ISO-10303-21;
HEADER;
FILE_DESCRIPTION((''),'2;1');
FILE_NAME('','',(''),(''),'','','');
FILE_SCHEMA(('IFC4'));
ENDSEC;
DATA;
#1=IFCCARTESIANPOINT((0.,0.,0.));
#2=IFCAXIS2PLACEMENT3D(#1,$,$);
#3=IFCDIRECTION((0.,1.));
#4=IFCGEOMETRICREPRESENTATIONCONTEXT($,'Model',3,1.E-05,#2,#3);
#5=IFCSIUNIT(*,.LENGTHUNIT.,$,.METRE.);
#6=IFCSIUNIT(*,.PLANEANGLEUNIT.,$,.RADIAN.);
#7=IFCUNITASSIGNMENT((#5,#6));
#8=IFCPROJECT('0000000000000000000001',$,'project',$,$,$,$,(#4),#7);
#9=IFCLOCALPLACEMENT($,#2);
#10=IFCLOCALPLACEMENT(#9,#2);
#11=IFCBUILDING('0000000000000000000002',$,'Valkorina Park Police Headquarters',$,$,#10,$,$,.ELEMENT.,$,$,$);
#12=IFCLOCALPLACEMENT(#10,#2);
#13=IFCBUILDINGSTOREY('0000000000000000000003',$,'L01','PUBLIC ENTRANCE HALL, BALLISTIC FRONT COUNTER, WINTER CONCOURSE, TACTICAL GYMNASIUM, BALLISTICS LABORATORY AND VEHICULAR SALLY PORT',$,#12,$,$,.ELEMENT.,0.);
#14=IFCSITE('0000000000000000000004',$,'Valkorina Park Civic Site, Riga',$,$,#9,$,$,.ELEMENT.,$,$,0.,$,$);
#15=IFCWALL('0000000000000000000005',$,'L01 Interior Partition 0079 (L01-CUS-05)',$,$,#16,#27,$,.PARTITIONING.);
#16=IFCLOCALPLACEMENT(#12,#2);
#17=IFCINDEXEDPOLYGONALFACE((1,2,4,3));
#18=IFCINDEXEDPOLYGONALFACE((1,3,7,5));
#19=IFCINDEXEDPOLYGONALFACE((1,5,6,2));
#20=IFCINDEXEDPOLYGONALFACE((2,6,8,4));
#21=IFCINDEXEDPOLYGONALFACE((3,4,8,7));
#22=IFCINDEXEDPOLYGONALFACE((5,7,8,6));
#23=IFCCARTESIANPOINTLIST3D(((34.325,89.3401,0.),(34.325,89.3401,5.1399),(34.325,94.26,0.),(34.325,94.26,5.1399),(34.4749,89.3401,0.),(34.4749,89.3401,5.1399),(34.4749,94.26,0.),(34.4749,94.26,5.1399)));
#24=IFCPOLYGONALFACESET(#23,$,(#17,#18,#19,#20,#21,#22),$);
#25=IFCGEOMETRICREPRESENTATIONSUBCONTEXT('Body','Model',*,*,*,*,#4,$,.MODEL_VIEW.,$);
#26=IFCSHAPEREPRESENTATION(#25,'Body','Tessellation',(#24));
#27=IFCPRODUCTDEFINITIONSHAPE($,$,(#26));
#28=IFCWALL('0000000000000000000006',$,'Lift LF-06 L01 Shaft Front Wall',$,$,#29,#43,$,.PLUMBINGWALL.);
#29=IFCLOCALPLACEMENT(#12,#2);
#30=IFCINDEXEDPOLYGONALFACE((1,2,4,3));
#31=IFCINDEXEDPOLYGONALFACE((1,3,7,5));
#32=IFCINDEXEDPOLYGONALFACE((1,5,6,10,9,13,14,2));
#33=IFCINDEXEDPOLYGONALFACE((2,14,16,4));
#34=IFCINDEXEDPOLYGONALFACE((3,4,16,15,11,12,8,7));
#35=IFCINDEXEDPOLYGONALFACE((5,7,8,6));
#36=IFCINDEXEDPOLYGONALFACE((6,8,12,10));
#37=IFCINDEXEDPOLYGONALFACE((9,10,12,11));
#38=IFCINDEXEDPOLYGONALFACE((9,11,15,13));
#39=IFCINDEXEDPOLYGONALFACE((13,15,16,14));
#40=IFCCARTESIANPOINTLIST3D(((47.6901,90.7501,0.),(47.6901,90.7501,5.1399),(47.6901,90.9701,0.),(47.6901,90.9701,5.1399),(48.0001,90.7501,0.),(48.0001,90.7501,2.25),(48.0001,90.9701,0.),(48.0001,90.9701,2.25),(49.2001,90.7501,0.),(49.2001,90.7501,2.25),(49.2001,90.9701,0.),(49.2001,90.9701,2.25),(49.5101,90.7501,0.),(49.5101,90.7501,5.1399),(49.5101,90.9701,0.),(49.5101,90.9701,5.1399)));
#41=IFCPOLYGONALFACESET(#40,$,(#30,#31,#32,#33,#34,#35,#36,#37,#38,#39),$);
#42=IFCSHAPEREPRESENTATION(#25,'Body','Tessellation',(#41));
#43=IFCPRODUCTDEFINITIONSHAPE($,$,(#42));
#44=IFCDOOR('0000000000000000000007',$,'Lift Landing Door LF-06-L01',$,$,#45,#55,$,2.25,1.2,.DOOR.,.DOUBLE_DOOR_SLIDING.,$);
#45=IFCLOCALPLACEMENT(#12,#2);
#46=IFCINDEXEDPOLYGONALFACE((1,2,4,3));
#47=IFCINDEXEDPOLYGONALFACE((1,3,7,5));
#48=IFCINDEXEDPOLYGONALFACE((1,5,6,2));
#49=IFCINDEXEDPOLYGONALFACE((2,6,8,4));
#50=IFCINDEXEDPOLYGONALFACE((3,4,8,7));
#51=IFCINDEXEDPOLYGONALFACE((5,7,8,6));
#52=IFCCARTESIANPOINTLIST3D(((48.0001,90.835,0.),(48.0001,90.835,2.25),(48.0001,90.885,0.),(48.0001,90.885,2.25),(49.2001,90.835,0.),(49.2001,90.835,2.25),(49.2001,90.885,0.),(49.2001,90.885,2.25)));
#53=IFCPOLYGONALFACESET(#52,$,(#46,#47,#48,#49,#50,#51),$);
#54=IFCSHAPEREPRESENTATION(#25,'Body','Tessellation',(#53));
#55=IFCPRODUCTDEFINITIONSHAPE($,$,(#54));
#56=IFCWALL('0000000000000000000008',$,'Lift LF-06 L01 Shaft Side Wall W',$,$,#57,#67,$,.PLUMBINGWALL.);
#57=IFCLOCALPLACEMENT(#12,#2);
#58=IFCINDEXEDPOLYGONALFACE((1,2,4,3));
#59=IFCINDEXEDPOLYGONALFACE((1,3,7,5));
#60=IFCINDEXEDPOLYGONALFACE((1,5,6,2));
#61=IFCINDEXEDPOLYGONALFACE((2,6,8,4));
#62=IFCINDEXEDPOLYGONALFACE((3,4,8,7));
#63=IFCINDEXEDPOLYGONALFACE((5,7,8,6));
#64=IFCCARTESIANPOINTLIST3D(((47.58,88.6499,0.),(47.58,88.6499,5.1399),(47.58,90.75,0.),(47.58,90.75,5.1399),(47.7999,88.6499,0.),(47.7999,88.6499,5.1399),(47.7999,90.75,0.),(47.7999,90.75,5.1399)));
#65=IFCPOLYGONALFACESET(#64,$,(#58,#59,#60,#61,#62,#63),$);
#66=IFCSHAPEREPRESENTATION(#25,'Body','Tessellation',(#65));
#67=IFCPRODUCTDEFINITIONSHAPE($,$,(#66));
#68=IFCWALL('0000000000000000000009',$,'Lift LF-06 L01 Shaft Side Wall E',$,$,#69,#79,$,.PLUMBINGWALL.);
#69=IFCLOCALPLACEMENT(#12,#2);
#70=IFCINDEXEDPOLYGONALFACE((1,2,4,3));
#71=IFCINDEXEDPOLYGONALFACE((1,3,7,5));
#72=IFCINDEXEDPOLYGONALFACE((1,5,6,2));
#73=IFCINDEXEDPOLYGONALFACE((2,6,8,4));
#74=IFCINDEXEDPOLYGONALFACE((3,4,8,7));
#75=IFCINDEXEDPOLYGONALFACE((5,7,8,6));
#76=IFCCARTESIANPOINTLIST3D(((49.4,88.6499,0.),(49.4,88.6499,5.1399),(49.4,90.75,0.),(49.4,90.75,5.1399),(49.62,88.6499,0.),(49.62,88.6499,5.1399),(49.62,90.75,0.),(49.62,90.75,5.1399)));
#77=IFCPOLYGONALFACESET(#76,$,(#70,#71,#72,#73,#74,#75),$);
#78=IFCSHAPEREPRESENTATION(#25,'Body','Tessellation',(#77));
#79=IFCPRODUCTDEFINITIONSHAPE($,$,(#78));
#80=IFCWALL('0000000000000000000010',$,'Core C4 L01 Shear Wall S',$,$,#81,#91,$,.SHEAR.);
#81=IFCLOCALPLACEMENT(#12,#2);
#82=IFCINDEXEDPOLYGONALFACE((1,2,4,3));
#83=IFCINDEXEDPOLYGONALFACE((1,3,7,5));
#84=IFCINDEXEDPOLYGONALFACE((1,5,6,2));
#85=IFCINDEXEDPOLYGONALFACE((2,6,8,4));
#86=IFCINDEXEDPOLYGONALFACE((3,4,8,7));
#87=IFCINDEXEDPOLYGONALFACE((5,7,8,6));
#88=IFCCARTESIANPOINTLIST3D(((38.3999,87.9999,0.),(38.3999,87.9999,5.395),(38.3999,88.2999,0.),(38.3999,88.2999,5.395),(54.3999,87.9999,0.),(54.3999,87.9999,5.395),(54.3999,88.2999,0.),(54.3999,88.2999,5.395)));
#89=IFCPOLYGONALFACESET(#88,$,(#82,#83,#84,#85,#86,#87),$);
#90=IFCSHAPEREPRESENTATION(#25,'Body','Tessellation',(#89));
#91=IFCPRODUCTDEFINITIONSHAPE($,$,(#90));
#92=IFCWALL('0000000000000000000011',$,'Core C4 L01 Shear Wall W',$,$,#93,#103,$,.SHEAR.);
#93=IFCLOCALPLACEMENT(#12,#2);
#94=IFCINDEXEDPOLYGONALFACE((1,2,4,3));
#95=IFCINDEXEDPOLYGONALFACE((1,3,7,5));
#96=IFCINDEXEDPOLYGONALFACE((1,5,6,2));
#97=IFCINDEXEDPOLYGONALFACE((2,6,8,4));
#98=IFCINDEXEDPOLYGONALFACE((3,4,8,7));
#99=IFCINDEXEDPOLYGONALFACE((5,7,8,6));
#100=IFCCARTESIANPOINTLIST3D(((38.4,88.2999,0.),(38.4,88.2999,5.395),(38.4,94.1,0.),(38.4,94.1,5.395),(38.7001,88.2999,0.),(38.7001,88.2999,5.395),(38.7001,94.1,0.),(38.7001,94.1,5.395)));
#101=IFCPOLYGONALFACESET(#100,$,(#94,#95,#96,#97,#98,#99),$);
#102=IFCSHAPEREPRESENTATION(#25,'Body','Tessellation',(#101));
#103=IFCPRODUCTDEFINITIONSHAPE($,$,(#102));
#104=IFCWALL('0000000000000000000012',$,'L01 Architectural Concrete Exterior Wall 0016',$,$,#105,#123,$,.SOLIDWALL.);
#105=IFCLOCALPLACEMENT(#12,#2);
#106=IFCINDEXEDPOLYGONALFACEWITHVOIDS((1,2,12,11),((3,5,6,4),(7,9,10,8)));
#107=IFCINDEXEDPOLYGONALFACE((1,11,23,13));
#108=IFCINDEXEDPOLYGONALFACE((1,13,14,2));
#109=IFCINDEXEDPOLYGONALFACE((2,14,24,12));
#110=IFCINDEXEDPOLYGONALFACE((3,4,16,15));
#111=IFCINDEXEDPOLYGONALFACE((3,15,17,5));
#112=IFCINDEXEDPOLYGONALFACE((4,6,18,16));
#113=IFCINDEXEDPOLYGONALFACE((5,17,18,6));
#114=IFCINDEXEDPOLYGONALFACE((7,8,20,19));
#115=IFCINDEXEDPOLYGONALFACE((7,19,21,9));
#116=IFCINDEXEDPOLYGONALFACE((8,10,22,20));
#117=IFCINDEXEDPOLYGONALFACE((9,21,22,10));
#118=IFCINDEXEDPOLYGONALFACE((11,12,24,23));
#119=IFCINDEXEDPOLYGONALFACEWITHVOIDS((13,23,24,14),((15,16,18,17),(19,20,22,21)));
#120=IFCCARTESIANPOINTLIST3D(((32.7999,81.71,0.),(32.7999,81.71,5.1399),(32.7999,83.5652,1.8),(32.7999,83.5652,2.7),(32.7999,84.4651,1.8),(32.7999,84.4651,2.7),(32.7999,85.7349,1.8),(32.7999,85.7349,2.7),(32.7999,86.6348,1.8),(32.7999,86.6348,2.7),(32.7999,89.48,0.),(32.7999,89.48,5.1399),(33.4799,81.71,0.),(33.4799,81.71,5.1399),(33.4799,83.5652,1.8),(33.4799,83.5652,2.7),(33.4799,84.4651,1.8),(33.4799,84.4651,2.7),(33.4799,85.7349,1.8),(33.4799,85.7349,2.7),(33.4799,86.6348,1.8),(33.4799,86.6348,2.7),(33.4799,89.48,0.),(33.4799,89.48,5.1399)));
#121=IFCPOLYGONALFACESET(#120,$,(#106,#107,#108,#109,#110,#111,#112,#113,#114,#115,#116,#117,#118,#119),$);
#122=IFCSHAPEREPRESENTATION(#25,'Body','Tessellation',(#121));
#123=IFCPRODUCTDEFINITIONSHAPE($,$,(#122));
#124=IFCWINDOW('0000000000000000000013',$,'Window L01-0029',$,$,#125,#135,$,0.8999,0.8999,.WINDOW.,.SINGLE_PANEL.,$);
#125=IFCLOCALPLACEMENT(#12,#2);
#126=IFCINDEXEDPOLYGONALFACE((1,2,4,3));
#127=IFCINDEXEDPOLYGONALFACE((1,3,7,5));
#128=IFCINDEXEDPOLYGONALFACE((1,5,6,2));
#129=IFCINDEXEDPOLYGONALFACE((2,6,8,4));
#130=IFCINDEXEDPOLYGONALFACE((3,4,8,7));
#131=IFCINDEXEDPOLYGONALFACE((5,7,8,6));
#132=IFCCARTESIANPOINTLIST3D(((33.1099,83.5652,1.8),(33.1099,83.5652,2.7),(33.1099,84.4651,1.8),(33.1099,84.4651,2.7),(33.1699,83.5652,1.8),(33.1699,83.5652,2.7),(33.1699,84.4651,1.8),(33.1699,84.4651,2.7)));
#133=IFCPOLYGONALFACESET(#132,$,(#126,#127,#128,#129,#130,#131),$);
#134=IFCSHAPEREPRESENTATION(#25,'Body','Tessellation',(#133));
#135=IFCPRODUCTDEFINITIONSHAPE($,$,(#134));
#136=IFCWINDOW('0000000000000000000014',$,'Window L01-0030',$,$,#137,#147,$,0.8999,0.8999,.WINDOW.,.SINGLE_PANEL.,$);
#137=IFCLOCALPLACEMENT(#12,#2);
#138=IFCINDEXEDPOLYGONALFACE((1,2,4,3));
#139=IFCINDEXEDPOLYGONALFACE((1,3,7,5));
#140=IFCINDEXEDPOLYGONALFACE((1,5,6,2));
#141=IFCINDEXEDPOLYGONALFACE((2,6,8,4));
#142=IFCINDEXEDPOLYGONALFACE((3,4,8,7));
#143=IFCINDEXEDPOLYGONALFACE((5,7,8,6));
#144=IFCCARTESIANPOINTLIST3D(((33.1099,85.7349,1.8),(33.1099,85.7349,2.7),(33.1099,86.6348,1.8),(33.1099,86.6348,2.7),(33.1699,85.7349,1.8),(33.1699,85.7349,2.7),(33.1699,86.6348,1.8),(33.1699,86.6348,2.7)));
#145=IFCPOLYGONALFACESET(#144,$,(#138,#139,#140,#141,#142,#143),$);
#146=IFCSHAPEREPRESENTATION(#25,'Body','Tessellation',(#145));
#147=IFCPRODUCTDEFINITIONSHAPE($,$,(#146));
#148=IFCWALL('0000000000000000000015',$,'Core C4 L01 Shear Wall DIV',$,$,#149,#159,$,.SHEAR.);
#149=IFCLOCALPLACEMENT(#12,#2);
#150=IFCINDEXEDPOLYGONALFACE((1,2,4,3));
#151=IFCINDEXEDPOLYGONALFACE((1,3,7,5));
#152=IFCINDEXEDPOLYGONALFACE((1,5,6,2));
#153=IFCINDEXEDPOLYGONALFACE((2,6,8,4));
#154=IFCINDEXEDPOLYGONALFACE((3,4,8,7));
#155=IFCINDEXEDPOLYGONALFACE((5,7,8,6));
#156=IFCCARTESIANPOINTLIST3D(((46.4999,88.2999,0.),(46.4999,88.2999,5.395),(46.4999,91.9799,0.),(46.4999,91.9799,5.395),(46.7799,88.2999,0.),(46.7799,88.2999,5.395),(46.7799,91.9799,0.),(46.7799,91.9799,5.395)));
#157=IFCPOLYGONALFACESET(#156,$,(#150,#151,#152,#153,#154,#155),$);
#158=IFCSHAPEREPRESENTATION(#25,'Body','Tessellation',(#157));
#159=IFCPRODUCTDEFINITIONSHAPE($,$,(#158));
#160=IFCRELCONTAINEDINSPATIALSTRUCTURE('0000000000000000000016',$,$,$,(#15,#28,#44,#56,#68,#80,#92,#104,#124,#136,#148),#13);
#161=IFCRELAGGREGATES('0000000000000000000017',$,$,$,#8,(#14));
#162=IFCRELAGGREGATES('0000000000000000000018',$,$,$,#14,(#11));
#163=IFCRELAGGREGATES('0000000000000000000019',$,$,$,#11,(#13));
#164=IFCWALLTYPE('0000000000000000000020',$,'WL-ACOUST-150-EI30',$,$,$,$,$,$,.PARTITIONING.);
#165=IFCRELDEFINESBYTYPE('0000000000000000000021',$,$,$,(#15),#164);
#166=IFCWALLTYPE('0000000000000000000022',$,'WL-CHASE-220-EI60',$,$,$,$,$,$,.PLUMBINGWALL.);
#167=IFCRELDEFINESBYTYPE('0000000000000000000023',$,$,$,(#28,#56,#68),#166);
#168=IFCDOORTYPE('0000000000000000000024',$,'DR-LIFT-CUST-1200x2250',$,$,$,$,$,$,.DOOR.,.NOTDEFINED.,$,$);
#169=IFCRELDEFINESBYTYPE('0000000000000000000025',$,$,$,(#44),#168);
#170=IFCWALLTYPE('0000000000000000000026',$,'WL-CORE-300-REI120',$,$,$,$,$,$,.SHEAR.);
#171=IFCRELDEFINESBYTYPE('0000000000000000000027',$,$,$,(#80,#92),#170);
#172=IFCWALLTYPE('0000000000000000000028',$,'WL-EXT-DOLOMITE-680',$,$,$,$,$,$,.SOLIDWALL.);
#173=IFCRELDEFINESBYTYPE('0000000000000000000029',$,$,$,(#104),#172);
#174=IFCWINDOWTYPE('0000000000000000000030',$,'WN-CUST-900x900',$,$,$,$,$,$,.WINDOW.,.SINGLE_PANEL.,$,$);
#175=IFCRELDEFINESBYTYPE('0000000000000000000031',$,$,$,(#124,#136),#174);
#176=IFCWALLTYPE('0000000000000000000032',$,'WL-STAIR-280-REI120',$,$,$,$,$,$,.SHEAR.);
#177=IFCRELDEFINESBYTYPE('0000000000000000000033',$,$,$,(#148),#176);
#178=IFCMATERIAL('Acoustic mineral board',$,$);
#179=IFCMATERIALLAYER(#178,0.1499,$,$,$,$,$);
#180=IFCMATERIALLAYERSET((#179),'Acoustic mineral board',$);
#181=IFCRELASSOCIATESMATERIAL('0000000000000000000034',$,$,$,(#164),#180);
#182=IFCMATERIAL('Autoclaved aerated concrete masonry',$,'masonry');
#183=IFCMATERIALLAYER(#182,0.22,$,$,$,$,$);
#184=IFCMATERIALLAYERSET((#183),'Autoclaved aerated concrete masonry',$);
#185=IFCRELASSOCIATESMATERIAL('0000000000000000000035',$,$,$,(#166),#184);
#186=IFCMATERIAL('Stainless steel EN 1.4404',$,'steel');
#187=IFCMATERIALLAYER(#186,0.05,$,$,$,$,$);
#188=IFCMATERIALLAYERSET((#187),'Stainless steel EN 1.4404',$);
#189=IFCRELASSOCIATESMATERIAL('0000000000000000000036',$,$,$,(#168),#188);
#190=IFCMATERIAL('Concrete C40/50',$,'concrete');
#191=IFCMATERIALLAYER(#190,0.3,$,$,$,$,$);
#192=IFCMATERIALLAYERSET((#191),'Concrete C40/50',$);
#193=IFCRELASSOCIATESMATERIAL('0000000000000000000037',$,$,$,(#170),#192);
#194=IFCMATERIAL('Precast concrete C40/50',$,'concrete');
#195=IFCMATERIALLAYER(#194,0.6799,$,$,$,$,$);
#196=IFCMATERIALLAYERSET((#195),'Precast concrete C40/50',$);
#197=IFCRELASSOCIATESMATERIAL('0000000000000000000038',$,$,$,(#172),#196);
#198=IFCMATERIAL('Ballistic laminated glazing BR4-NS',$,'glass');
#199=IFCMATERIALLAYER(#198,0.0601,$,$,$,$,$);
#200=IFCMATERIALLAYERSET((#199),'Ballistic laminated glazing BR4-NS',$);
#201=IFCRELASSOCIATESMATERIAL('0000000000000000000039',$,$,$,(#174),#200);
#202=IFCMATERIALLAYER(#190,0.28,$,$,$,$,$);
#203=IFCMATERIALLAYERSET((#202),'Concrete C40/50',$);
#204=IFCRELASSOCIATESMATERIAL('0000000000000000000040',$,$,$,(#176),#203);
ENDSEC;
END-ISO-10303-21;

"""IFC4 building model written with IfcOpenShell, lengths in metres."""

from ifc_helpers import new_model, si_unit, direction, frame, frame_2d, origin, place, context, subcontext, project, spatial, rectangle, extrude, material, layer, layer_set, type_object, element, fill, save


model = new_model("IFC4")

# Units and contexts
model_context = context("Model", 3, precision=1e-05, world=origin(), true_north=direction((0.0, 1.0)))
body_context = subcontext(model_context, "Body", "Model", "MODEL_VIEW")
ifc_project = project(units=[si_unit("LENGTHUNIT", "METRE"), si_unit("PLANEANGLEUNIT", "RADIAN")], contexts=[model_context])

# Site, building, storey
site_placement = place(None, origin())
site = spatial("IfcSite", under=ifc_project, at=site_placement, Name="Valkorina Park Civic Site, Riga", CompositionType="ELEMENT", RefElevation=0.0)
building_placement = place(site_placement, origin())
building = spatial("IfcBuilding", under=site, at=building_placement, Name="Valkorina Park Police Headquarters", CompositionType="ELEMENT")
storey_placement = place(building_placement, origin())
storey = spatial("IfcBuildingStorey", under=building, at=storey_placement, Name="L01", Description="PUBLIC ENTRANCE HALL, BALLISTIC FRONT COUNTER, WINTER CONCOURSE, TACTICAL GYMNASIUM, BALLISTICS LABORATORY AND VEHICULAR SALLY PORT", CompositionType="ELEMENT", Elevation=0.0)

# Wall
ifc_material_1 = material(Name="Acoustic mineral board")
ifc_layer_1 = layer(ifc_material_1, 0.1499)
ifc_layer_set_1 = layer_set([ifc_layer_1], Name="Acoustic mineral board")
wall_type_1 = type_object("IfcWallType", Name="WL-ACOUST-150-EI30", PredefinedType="PARTITIONING", material=ifc_layer_set_1)
wall_1_placement = place(storey_placement, frame((34.3999, 89.3401, 0.0), z_axis=(0.0, 0.0, 1.0), x_axis=(0.0, 1.0, 0.0)))
element("IfcWall", 1, at=wall_1_placement, inside=storey, type_object=wall_type_1, Name="L01 Interior Partition 0079 (L01-CUS-05)", PredefinedType="PARTITIONING", context=body_context, shape_type="SweptSolid", body=[
    extrude(rectangle(XDim=4.9199, YDim=0.1499, at=frame_2d((2.46, 0.0))), origin(), (0.0, 0.0, 1.0), 5.1399),
])

# Wall, opening, door
ifc_material_2 = material(Name="Autoclaved aerated concrete masonry", Category="masonry")
ifc_layer_2 = layer(ifc_material_2, 0.22)
ifc_layer_set_2 = layer_set([ifc_layer_2], Name="Autoclaved aerated concrete masonry")
wall_type_2 = type_object("IfcWallType", Name="WL-CHASE-220-EI60", PredefinedType="PLUMBINGWALL", material=ifc_layer_set_2)
wall_2_placement = place(storey_placement, frame((47.6899, 90.8601, 0.0), z_axis=(0.0, 0.0, 1.0), x_axis=(1.0, 0.0, 0.0)))
wall_2 = element("IfcWall", 2, at=wall_2_placement, inside=storey, type_object=wall_type_2, Name="Lift LF-06 L01 Shaft Front Wall", PredefinedType="PLUMBINGWALL", context=body_context, shape_type="SweptSolid", body=[
    extrude(rectangle(XDim=1.8201, YDim=0.22, at=frame_2d((0.9102, 0.0))), origin(), (0.0, 0.0, 1.0), 5.1399),
])
opening_1_placement = place(wall_2_placement, frame((0.3101, 0.0, 0.0)))
opening_1 = element("IfcOpeningElement", 3, at=opening_1_placement, cuts=wall_2, PredefinedType="OPENING", context=body_context, shape_type="SweptSolid", body=[
    extrude(rectangle(XDim=1.2, YDim=2.25, at=frame_2d((0.6001, 1.125))), frame((0.0, 0.1201, 0.0), z_axis=(0.0, -1.0, 0.0), x_axis=(1.0, 0.0, 0.0)), (0.0, 0.0, 1.0), 0.24),
])
ifc_material_3 = material(Name="Stainless steel EN 1.4404", Category="steel")
ifc_layer_3 = layer(ifc_material_3, 0.05)
ifc_layer_set_3 = layer_set([ifc_layer_3], Name="Stainless steel EN 1.4404")
door_type_1 = type_object("IfcDoorType", Name="DR-LIFT-CUST-1200x2250", OperationType="NOTDEFINED", PredefinedType="DOOR", material=ifc_layer_set_3)
door_1_placement = place(opening_1_placement, origin())
door_1 = element("IfcDoor", 4, at=door_1_placement, inside=storey, type_object=door_type_1, Name="Lift Landing Door LF-06-L01", OperationType="DOUBLE_DOOR_SLIDING", OverallHeight=2.25, OverallWidth=1.2, PredefinedType="DOOR", context=body_context, shape_type="SweptSolid", body=[
    extrude(rectangle(XDim=1.2, YDim=2.25, at=frame_2d((0.6001, 1.125))), frame((0.0, 0.0249, 0.0), z_axis=(0.0, -1.0, 0.0), x_axis=(1.0, 0.0, 0.0)), (0.0, 0.0, 1.0), 0.05),
])
fill(opening_1, door_1)

# Walls
for number, where, z_axis, x_axis, name in (
    (5, (47.6899, 88.6499, 0.0), (0.0, 0.0, 1.0), (0.0, 1.0, 0.0), "Lift LF-06 L01 Shaft Side Wall W"),
    (6, (49.51, 88.6499, 0.0), (0.0, 0.0, 1.0), (0.0, 1.0, 0.0), "Lift LF-06 L01 Shaft Side Wall E"),
):
    element("IfcWall", number, at=place(storey_placement, frame(where, z_axis=z_axis, x_axis=x_axis)), inside=storey, type_object=wall_type_2, Name=name, PredefinedType="PLUMBINGWALL", context=body_context, shape_type="SweptSolid", body=[
        extrude(rectangle(XDim=2.1001, YDim=0.22, at=frame_2d((1.05, 0.0))), origin(), (0.0, 0.0, 1.0), 5.1399),
    ])
ifc_material_4 = material(Name="Concrete C40/50", Category="concrete")
ifc_layer_4 = layer(ifc_material_4, 0.3)
ifc_layer_set_4 = layer_set([ifc_layer_4], Name="Concrete C40/50")
wall_type_3 = type_object("IfcWallType", Name="WL-CORE-300-REI120", PredefinedType="SHEAR", material=ifc_layer_set_4)
wall_3_placement = place(storey_placement, frame((38.3999, 88.1499, 0.0), z_axis=(0.0, 0.0, 1.0), x_axis=(1.0, 0.0, 0.0)))
element("IfcWall", 7, at=wall_3_placement, inside=storey, type_object=wall_type_3, Name="Core C4 L01 Shear Wall S", PredefinedType="SHEAR", context=body_context, shape_type="SweptSolid", body=[
    extrude(rectangle(XDim=16.0, YDim=0.3, at=frame_2d((8.0, 0.0))), origin(), (0.0, 0.0, 1.0), 5.395),
])
wall_4_placement = place(storey_placement, frame((38.55, 88.3, 0.0), z_axis=(0.0, 0.0, 1.0), x_axis=(0.0, 1.0, 0.0)))
element("IfcWall", 8, at=wall_4_placement, inside=storey, type_object=wall_type_3, Name="Core C4 L01 Shear Wall W", PredefinedType="SHEAR", context=body_context, shape_type="SweptSolid", body=[
    extrude(rectangle(XDim=5.8, YDim=0.3, at=frame_2d((2.8999, 0.0))), origin(), (0.0, 0.0, 1.0), 5.395),
])

# Wall, openings, windows
ifc_material_5 = material(Name="Precast concrete C40/50", Category="concrete")
ifc_layer_5 = layer(ifc_material_5, 0.6799)
ifc_layer_set_5 = layer_set([ifc_layer_5], Name="Precast concrete C40/50")
wall_type_4 = type_object("IfcWallType", Name="WL-EXT-DOLOMITE-680", PredefinedType="SOLIDWALL", material=ifc_layer_set_5)
wall_5_placement = place(storey_placement, frame((33.1399, 81.71, 0.0), z_axis=(0.0, 0.0, 1.0), x_axis=(0.0, 1.0, 0.0)))
wall_5 = element("IfcWall", 9, at=wall_5_placement, inside=storey, type_object=wall_type_4, Name="L01 Architectural Concrete Exterior Wall 0016", PredefinedType="SOLIDWALL", context=body_context, shape_type="SweptSolid", body=[
    extrude(rectangle(XDim=7.77, YDim=0.6799, at=frame_2d((3.885, 0.0))), origin(), (0.0, 0.0, 1.0), 5.1399),
])
opening_2_placement = place(wall_5_placement, frame((1.8552, 0.0, 1.8)))
opening_2 = element("IfcOpeningElement", 10, at=opening_2_placement, cuts=wall_5, PredefinedType="OPENING", context=body_context, shape_type="SweptSolid", body=[
    extrude(rectangle(XDim=0.8999, YDim=0.8999, at=frame_2d((0.45, 0.45))), frame((0.0, 0.3501, 0.0), z_axis=(0.0, -1.0, 0.0), x_axis=(1.0, 0.0, 0.0)), (0.0, 0.0, 1.0), 0.7),
])
opening_3_placement = place(wall_5_placement, frame((4.0249, 0.0, 1.8)))
opening_3 = element("IfcOpeningElement", 11, at=opening_3_placement, cuts=wall_5, PredefinedType="OPENING", context=body_context, shape_type="SweptSolid", body=[
    extrude(rectangle(XDim=0.8999, YDim=0.8999, at=frame_2d((0.45, 0.45))), frame((0.0, 0.3501, 0.0), z_axis=(0.0, -1.0, 0.0), x_axis=(1.0, 0.0, 0.0)), (0.0, 0.0, 1.0), 0.7),
])
ifc_material_6 = material(Name="Ballistic laminated glazing BR4-NS", Category="glass")
ifc_layer_6 = layer(ifc_material_6, 0.0601)
ifc_layer_set_6 = layer_set([ifc_layer_6], Name="Ballistic laminated glazing BR4-NS")
window_type = type_object("IfcWindowType", Name="WN-CUST-900x900", PartitioningType="SINGLE_PANEL", PredefinedType="WINDOW", material=ifc_layer_set_6)
window_1_placement = place(opening_2_placement, origin())
window_1 = element("IfcWindow", 12, at=window_1_placement, inside=storey, type_object=window_type, Name="Window L01-0029", OverallHeight=0.8999, OverallWidth=0.8999, PartitioningType="SINGLE_PANEL", PredefinedType="WINDOW", context=body_context, shape_type="SweptSolid", body=[
    extrude(rectangle(XDim=0.8999, YDim=0.8999, at=frame_2d((0.45, 0.45))), frame((0.0, 0.03, 0.0), z_axis=(0.0, -1.0, 0.0), x_axis=(1.0, 0.0, 0.0)), (0.0, 0.0, 1.0), 0.0601),
])
fill(opening_2, window_1)
window_2_placement = place(opening_3_placement, origin())
window_2 = element("IfcWindow", 13, at=window_2_placement, inside=storey, type_object=window_type, Name="Window L01-0030", OverallHeight=0.8999, OverallWidth=0.8999, PartitioningType="SINGLE_PANEL", PredefinedType="WINDOW", context=body_context, shape_type="SweptSolid", body=[
    extrude(rectangle(XDim=0.8999, YDim=0.8999, at=frame_2d((0.45, 0.45))), frame((0.0, 0.03, 0.0), z_axis=(0.0, -1.0, 0.0), x_axis=(1.0, 0.0, 0.0)), (0.0, 0.0, 1.0), 0.0601),
])
fill(opening_3, window_2)

# Wall
ifc_layer_7 = layer(ifc_material_4, 0.28)
ifc_layer_set_7 = layer_set([ifc_layer_7], Name="Concrete C40/50")
wall_type_5 = type_object("IfcWallType", Name="WL-STAIR-280-REI120", PredefinedType="SHEAR", material=ifc_layer_set_7)
wall_6_placement = place(storey_placement, frame((46.6399, 88.3, 0.0), z_axis=(0.0, 0.0, 1.0), x_axis=(0.0, 1.0, 0.0)))
element("IfcWall", 14, at=wall_6_placement, inside=storey, type_object=wall_type_5, Name="Core C4 L01 Shear Wall DIV", PredefinedType="SHEAR", context=body_context, shape_type="SweptSolid", body=[
    extrude(rectangle(XDim=3.6799, YDim=0.28, at=frame_2d((1.8398, 0.0))), origin(), (0.0, 0.0, 1.0), 5.395),
])

save(model, "model.ifc")
